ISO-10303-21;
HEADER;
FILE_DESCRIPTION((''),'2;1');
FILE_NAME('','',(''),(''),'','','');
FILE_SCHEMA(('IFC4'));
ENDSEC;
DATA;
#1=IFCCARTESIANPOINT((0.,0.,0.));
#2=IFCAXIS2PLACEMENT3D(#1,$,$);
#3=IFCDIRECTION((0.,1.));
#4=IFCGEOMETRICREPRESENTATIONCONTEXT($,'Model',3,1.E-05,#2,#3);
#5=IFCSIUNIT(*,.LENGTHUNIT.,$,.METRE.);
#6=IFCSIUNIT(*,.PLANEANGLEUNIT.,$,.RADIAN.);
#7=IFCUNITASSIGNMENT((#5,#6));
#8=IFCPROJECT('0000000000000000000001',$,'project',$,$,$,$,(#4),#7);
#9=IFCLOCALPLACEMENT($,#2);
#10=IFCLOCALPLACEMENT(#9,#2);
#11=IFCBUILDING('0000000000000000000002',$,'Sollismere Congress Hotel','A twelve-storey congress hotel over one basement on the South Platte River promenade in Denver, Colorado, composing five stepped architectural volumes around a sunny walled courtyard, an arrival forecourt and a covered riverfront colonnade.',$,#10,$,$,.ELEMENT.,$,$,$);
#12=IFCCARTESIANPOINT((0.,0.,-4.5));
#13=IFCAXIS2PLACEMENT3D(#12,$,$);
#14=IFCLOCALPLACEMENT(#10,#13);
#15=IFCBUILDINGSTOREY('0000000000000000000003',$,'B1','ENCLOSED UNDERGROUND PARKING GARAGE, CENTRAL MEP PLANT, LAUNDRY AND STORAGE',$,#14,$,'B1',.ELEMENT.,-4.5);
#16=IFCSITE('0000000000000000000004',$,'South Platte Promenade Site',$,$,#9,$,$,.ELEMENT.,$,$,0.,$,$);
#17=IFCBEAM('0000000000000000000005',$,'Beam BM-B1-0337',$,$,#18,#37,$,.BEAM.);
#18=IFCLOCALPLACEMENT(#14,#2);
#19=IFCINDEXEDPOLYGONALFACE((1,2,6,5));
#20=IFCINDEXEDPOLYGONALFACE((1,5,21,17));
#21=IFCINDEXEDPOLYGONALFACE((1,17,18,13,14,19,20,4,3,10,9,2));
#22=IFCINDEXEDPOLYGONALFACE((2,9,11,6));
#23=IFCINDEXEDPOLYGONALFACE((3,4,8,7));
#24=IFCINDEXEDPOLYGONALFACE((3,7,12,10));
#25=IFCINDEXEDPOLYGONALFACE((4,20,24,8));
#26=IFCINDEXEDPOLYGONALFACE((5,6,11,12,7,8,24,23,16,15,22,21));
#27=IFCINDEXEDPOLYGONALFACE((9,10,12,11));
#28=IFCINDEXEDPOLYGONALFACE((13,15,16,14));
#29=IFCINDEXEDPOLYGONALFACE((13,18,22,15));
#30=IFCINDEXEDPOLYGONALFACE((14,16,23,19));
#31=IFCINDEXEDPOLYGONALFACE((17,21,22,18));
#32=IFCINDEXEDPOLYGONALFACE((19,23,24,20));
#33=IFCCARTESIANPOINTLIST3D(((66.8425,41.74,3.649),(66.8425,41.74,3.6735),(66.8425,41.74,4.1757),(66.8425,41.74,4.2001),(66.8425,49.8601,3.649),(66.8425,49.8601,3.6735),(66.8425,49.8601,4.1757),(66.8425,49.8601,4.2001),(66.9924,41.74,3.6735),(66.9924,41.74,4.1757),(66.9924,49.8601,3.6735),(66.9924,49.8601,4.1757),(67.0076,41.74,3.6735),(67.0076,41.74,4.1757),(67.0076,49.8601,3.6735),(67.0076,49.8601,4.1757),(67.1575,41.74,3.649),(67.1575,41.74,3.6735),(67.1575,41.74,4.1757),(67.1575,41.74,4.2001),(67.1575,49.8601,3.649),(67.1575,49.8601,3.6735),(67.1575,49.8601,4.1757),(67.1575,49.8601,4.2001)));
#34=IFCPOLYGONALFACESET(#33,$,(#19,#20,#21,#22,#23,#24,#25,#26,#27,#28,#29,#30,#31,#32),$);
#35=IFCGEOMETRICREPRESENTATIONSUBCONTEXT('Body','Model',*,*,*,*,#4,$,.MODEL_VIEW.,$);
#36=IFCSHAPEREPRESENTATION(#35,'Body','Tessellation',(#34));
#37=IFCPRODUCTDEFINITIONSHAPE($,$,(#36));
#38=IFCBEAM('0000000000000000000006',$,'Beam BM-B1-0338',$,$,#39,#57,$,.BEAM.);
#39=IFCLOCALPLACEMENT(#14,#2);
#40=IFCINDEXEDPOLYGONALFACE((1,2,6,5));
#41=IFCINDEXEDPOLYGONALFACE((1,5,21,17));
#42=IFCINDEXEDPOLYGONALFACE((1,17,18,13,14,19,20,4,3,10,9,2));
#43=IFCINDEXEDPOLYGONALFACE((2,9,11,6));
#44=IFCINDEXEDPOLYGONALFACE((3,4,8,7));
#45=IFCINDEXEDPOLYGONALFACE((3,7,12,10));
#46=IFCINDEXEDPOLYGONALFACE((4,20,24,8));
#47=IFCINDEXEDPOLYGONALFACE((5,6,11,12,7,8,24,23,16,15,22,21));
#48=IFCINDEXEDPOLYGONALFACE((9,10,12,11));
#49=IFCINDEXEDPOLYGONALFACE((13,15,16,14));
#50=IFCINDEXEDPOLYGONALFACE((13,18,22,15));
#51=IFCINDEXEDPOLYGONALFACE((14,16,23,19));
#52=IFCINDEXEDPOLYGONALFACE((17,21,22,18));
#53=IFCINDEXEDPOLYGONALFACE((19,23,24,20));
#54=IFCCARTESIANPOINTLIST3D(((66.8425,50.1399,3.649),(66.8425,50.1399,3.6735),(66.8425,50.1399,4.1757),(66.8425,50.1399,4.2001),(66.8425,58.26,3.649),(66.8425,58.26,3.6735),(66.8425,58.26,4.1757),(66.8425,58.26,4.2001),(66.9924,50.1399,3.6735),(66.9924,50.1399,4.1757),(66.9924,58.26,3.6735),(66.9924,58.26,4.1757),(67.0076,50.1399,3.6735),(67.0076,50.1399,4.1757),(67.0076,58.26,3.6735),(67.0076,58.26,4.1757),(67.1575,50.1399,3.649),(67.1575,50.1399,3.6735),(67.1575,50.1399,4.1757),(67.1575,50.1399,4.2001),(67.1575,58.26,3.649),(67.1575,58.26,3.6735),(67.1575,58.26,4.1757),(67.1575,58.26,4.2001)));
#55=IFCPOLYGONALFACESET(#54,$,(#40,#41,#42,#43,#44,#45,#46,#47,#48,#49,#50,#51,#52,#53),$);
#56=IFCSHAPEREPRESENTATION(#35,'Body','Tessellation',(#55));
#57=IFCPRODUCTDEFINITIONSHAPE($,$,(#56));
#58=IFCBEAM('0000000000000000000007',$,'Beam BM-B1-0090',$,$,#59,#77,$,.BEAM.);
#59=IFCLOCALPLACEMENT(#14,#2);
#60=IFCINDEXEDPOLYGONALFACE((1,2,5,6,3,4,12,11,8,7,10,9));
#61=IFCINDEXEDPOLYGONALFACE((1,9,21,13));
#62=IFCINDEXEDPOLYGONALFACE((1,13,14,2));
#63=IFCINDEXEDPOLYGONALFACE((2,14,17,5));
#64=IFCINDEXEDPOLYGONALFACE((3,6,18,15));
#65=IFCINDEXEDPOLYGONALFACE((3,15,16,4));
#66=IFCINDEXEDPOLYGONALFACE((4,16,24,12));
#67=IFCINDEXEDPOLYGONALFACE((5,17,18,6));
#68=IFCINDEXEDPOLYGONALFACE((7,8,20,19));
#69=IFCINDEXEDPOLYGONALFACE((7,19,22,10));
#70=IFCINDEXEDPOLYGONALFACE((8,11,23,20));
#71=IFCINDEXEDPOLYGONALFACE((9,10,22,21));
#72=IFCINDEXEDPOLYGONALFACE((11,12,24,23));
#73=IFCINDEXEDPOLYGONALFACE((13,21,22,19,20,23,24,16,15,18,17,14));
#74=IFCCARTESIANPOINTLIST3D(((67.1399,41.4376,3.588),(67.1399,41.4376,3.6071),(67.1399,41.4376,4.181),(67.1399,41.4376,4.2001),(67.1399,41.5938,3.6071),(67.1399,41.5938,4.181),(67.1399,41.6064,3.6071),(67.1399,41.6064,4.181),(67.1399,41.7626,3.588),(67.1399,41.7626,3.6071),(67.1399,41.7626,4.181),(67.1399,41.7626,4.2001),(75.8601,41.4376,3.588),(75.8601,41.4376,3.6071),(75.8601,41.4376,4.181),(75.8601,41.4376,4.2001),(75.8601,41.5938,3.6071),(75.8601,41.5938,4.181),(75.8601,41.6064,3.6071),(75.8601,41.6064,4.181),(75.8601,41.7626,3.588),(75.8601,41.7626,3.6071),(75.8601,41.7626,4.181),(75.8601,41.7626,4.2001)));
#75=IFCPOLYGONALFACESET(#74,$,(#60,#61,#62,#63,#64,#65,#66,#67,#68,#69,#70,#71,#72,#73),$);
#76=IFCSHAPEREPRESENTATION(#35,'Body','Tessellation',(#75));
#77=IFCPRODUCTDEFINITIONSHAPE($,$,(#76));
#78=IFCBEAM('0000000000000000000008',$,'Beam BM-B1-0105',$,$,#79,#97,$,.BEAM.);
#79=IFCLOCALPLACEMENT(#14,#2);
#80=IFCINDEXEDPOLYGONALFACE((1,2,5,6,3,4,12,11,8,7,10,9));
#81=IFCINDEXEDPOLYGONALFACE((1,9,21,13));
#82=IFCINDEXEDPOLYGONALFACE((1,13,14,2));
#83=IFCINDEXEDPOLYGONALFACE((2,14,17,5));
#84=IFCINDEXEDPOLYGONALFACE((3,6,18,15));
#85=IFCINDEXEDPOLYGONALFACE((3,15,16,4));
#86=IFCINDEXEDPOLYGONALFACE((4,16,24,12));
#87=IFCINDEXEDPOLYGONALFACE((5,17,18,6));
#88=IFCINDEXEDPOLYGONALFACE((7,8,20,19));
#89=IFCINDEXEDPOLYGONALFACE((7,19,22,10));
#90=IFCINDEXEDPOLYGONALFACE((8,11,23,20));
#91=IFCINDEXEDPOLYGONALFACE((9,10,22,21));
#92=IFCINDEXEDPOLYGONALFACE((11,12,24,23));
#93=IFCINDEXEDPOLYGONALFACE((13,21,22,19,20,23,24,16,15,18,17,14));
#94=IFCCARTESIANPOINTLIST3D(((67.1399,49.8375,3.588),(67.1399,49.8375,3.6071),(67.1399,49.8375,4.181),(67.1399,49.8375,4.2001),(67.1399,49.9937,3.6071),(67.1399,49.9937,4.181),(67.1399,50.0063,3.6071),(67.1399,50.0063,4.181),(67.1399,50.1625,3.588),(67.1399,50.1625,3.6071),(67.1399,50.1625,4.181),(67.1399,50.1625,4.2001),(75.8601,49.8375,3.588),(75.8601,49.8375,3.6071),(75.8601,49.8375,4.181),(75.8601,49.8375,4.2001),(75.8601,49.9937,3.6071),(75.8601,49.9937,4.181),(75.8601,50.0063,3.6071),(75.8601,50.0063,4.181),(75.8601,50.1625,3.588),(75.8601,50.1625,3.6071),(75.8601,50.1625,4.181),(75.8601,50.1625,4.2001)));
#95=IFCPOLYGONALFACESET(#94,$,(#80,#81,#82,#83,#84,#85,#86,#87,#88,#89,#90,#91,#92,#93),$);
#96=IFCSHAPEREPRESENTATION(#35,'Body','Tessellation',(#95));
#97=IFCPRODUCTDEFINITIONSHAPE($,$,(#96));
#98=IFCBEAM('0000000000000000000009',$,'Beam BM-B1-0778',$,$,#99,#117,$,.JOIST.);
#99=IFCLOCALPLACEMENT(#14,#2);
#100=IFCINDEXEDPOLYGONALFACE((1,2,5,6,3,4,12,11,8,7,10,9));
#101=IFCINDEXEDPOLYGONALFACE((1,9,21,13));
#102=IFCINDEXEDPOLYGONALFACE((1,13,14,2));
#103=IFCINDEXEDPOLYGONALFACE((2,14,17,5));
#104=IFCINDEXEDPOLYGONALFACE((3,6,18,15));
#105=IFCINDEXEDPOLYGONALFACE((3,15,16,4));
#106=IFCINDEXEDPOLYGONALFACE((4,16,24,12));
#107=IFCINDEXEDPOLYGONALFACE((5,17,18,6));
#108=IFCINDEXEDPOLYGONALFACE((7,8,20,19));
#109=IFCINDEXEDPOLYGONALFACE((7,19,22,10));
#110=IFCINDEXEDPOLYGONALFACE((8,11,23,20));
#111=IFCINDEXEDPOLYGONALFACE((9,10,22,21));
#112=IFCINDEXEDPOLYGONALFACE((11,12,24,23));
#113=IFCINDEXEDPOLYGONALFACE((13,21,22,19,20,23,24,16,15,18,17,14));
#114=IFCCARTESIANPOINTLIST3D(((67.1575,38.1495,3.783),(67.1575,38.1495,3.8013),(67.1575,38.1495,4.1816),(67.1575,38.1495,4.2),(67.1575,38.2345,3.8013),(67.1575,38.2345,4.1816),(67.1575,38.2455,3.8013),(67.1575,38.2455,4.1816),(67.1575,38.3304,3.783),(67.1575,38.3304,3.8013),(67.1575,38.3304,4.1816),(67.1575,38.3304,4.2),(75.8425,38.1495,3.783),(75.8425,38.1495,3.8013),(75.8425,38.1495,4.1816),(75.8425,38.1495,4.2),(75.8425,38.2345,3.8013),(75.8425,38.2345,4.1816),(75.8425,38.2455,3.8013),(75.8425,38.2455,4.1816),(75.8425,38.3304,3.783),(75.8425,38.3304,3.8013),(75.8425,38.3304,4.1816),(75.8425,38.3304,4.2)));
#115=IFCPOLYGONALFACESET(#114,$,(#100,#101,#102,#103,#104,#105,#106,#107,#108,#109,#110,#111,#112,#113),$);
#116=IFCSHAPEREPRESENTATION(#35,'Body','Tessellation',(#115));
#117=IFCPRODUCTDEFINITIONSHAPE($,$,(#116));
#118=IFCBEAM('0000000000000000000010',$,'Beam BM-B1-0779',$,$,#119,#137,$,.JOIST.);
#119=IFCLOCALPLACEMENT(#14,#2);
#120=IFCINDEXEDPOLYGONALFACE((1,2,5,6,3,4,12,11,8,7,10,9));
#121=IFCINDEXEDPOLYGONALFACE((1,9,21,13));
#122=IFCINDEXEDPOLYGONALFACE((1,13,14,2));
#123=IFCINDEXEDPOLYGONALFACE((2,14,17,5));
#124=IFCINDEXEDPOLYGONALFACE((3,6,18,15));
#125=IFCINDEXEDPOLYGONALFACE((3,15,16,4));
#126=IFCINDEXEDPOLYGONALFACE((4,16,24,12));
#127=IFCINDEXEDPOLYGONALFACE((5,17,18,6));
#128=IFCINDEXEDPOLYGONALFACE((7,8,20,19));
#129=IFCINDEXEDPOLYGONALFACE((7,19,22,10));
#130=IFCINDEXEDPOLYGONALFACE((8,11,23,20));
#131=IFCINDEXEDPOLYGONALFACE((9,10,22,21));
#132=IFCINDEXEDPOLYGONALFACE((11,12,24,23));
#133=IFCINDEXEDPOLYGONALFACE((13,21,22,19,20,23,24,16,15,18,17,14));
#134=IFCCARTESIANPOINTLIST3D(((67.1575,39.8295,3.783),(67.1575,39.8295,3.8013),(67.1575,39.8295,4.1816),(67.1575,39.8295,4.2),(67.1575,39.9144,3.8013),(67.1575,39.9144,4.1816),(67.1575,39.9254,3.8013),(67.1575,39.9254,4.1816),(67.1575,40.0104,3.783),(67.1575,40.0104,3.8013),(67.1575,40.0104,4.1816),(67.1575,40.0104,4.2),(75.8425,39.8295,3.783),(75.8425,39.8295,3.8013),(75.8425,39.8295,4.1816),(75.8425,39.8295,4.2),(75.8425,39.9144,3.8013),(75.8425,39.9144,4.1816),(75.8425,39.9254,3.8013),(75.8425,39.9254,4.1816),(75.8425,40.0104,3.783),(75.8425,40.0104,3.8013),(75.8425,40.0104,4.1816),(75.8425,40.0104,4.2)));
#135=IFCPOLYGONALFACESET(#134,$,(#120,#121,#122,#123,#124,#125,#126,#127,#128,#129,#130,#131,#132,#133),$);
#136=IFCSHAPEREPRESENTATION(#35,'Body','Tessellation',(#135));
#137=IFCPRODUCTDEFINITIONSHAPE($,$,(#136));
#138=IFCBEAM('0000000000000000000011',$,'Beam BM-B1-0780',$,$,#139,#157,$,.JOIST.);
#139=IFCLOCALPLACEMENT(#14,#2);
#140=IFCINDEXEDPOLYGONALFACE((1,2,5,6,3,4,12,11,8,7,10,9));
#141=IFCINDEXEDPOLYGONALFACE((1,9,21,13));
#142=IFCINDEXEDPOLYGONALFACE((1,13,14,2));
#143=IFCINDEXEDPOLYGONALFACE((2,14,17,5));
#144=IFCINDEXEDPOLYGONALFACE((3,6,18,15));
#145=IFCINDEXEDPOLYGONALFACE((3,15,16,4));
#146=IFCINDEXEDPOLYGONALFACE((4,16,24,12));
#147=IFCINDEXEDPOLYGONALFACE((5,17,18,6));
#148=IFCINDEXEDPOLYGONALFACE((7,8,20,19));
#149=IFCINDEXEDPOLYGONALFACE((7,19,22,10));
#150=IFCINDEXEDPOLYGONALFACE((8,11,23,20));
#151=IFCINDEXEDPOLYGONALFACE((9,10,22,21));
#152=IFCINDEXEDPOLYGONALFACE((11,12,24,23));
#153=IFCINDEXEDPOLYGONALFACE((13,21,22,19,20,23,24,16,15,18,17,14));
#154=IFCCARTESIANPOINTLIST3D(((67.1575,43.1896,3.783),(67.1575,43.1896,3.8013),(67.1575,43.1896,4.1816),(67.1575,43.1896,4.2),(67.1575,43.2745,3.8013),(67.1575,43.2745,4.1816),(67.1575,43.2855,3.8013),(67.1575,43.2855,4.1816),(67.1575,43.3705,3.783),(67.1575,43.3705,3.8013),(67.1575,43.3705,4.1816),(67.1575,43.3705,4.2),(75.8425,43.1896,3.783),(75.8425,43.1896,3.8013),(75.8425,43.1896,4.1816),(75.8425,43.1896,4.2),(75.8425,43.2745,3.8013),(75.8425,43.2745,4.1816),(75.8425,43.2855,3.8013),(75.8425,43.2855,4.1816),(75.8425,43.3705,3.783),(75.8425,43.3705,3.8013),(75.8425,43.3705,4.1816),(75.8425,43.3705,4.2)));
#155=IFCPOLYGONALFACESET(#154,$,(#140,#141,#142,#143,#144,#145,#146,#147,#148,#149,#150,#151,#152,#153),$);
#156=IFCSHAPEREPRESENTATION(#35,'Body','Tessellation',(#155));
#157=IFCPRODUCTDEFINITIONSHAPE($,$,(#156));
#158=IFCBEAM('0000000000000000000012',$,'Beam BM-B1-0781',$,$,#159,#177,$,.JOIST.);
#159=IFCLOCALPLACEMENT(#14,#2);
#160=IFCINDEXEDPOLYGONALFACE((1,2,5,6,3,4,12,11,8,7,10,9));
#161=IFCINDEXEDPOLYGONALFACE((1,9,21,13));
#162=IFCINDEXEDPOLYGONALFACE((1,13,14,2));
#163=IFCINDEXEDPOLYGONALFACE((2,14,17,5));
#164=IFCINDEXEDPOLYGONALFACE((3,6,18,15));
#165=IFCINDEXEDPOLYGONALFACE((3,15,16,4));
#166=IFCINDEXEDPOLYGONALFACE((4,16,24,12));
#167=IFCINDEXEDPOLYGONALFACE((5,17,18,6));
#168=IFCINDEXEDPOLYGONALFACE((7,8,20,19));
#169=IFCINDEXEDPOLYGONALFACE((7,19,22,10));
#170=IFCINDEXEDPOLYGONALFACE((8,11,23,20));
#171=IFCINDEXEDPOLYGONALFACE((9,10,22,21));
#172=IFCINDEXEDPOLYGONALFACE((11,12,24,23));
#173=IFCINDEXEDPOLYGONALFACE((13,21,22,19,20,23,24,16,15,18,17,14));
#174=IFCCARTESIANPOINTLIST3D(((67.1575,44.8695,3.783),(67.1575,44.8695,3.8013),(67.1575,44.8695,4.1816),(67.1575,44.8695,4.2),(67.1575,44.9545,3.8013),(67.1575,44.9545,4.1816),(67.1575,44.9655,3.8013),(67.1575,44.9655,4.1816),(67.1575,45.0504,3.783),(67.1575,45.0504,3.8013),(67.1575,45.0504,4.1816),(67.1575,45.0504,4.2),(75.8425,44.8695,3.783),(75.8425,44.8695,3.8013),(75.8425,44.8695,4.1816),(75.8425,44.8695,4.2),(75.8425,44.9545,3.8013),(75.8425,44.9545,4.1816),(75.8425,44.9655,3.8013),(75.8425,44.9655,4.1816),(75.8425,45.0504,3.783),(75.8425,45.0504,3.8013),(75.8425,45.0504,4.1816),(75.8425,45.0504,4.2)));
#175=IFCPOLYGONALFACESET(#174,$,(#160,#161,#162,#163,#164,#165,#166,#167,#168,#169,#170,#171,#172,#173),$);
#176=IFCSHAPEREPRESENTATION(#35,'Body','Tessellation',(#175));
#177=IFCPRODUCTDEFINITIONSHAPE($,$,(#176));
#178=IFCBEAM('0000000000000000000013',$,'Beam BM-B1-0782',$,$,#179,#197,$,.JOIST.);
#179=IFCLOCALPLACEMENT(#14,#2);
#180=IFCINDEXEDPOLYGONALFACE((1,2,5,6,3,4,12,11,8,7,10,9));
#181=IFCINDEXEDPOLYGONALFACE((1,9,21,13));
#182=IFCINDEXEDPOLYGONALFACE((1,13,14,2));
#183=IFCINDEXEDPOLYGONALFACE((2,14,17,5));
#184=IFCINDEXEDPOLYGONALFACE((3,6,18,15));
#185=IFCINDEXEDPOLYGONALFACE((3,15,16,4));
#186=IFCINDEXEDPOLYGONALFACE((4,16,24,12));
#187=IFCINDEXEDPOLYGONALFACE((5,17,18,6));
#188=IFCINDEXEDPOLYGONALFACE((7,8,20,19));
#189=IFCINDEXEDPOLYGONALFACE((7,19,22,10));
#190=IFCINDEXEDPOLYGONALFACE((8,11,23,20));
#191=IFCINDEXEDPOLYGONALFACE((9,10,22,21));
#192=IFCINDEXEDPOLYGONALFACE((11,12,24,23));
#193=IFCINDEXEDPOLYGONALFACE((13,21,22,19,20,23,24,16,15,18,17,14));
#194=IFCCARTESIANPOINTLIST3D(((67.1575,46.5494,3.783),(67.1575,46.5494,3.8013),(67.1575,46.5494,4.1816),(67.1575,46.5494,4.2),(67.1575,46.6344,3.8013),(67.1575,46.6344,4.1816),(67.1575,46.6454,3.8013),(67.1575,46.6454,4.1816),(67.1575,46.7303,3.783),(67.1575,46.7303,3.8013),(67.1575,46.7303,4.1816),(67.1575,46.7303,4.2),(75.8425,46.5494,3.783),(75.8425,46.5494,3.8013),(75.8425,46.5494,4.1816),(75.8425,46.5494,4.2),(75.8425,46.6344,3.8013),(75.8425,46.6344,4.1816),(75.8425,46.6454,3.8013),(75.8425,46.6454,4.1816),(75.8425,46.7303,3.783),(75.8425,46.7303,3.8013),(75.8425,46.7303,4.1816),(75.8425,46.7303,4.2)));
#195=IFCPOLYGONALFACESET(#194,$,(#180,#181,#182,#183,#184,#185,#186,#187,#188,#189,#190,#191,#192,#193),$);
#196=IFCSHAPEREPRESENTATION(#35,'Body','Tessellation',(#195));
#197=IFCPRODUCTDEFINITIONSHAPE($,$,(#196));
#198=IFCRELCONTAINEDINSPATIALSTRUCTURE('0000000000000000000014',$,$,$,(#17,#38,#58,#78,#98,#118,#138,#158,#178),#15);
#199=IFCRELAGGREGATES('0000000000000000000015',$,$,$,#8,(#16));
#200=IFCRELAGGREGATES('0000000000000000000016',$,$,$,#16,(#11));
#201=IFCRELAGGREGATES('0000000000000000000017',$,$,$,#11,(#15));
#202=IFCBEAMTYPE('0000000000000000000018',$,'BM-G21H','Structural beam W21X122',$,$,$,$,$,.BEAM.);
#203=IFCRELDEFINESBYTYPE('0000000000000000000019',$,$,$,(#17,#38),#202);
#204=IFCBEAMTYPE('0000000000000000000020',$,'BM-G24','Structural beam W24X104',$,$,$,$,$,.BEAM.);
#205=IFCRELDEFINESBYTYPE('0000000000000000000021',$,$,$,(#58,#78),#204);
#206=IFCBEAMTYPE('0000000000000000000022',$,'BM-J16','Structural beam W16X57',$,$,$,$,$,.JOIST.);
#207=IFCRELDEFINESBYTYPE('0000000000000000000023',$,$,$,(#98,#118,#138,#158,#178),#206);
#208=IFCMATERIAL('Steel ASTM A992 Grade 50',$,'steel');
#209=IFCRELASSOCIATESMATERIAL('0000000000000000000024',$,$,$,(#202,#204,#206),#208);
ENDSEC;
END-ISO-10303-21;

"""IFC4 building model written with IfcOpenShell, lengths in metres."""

from ifc_helpers import new_model, si_unit, direction, frame, origin, origin_2d, place, context, subcontext, project, spatial, i_section, extrude, material, material_profile, profile_set, type_object, element, save


model = new_model("IFC4")

# Units and contexts
model_context = context("Model", 3, precision=1e-05, world=origin(), true_north=direction((0.0, 1.0)))
body_context = subcontext(model_context, "Body", "Model", "MODEL_VIEW")
ifc_project = project(units=[si_unit("LENGTHUNIT", "METRE"), si_unit("PLANEANGLEUNIT", "RADIAN")], contexts=[model_context])

# Site, building, storey
site_placement = place(None, origin())
site = spatial("IfcSite", under=ifc_project, at=site_placement, Name="South Platte Promenade Site", CompositionType="ELEMENT", RefElevation=0.0)
building_placement = place(site_placement, origin())
building = spatial("IfcBuilding", under=site, at=building_placement, Name="Sollismere Congress Hotel", Description="A twelve-storey congress hotel over one basement on the South Platte River promenade in Denver, Colorado, composing five stepped architectural volumes around a sunny walled courtyard, an arrival forecourt and a covered riverfront colonnade.", CompositionType="ELEMENT")
storey_placement = place(building_placement, frame((0.0, 0.0, -4.5)))
storey = spatial("IfcBuildingStorey", under=building, at=storey_placement, Name="B1", Description="ENCLOSED UNDERGROUND PARKING GARAGE, CENTRAL MEP PLANT, LAUNDRY AND STORAGE", LongName="B1", CompositionType="ELEMENT", Elevation=-4.5)

# Beams
ifc_material_1 = material(Name="Steel ASTM A992 Grade 50", Category="steel")
ifc_material_profile_1 = material_profile(ifc_material_1, i_section(OverallWidth=0.3149, OverallDepth=0.551, WebThickness=0.0151, FlangeThickness=0.0244, at=origin_2d()), Name="W21X122")
ifc_profile_set_1 = profile_set([ifc_material_profile_1], Name="Steel ASTM A992 Grade 50")
beam_type_1 = type_object("IfcBeamType", Name="BM-G21H", Description="Structural beam W21X122", PredefinedType="BEAM", material=ifc_profile_set_1)
for number, where, z_axis, x_axis, name in (
    (1, (67.0, 41.74, 3.9246), (0.0, 1.0, 0.0), (-1.0, 0.0, 0.0), "Beam BM-B1-0337"),
    (2, (67.0, 50.1399, 3.9246), (0.0, 1.0, 0.0), (-1.0, 0.0, 0.0), "Beam BM-B1-0338"),
):
    element("IfcBeam", number, at=place(storey_placement, frame(where, z_axis=z_axis, x_axis=x_axis)), inside=storey, type_object=beam_type_1, Name=name, PredefinedType="BEAM", context=body_context, shape_type="SweptSolid", body=[
        extrude(i_section(OverallWidth=0.3149, OverallDepth=0.551, WebThickness=0.0151, FlangeThickness=0.0244, at=origin_2d()), origin(), (0.0, 0.0, 1.0), 8.1201),
    ])
ifc_material_profile_2 = material_profile(ifc_material_1, i_section(OverallWidth=0.325, OverallDepth=0.6121, WebThickness=0.0127, FlangeThickness=0.019, at=origin_2d()), Name="W24X104")
ifc_profile_set_2 = profile_set([ifc_material_profile_2], Name="Steel ASTM A992 Grade 50")
beam_type_2 = type_object("IfcBeamType", Name="BM-G24", Description="Structural beam W24X104", PredefinedType="BEAM", material=ifc_profile_set_2)
for number, where, z_axis, x_axis, name in (
    (3, (67.1399, 41.6001, 3.894), (1.0, 0.0, 0.0), (0.0, 1.0, 0.0), "Beam BM-B1-0090"),
    (4, (67.1399, 50.0, 3.894), (1.0, 0.0, 0.0), (0.0, 1.0, 0.0), "Beam BM-B1-0105"),
):
    element("IfcBeam", number, at=place(storey_placement, frame(where, z_axis=z_axis, x_axis=x_axis)), inside=storey, type_object=beam_type_2, Name=name, PredefinedType="BEAM", context=body_context, shape_type="SweptSolid", body=[
        extrude(i_section(OverallWidth=0.325, OverallDepth=0.6121, WebThickness=0.0127, FlangeThickness=0.019, at=origin_2d()), origin(), (0.0, 0.0, 1.0), 8.7202),
    ])
ifc_material_profile_3 = material_profile(ifc_material_1, i_section(OverallWidth=0.1809, OverallDepth=0.417, WebThickness=0.011, FlangeThickness=0.0183, at=origin_2d()), Name="W16X57")
ifc_profile_set_3 = profile_set([ifc_material_profile_3], Name="Steel ASTM A992 Grade 50")
beam_type_3 = type_object("IfcBeamType", Name="BM-J16", Description="Structural beam W16X57", PredefinedType="JOIST", material=ifc_profile_set_3)
for number, where, z_axis, x_axis, name in (
    (5, (67.1575, 38.24, 3.9915), (1.0, 0.0, 0.0), (0.0, 1.0, 0.0), "Beam BM-B1-0778"),
    (6, (67.1575, 39.9199, 3.9915), (1.0, 0.0, 0.0), (0.0, 1.0, 0.0), "Beam BM-B1-0779"),
    (7, (67.1575, 43.28, 3.9915), (1.0, 0.0, 0.0), (0.0, 1.0, 0.0), "Beam BM-B1-0780"),
    (8, (67.1575, 44.96, 3.9915), (1.0, 0.0, 0.0), (0.0, 1.0, 0.0), "Beam BM-B1-0781"),
    (9, (67.1575, 46.6399, 3.9915), (1.0, 0.0, 0.0), (0.0, 1.0, 0.0), "Beam BM-B1-0782"),
):
    element("IfcBeam", number, at=place(storey_placement, frame(where, z_axis=z_axis, x_axis=x_axis)), inside=storey, type_object=beam_type_3, Name=name, PredefinedType="JOIST", context=body_context, shape_type="SweptSolid", body=[
        extrude(i_section(OverallWidth=0.1809, OverallDepth=0.417, WebThickness=0.011, FlangeThickness=0.0183, at=origin_2d()), origin(), (0.0, 0.0, 1.0), 8.6851),
    ])

save(model, "model.ifc")
